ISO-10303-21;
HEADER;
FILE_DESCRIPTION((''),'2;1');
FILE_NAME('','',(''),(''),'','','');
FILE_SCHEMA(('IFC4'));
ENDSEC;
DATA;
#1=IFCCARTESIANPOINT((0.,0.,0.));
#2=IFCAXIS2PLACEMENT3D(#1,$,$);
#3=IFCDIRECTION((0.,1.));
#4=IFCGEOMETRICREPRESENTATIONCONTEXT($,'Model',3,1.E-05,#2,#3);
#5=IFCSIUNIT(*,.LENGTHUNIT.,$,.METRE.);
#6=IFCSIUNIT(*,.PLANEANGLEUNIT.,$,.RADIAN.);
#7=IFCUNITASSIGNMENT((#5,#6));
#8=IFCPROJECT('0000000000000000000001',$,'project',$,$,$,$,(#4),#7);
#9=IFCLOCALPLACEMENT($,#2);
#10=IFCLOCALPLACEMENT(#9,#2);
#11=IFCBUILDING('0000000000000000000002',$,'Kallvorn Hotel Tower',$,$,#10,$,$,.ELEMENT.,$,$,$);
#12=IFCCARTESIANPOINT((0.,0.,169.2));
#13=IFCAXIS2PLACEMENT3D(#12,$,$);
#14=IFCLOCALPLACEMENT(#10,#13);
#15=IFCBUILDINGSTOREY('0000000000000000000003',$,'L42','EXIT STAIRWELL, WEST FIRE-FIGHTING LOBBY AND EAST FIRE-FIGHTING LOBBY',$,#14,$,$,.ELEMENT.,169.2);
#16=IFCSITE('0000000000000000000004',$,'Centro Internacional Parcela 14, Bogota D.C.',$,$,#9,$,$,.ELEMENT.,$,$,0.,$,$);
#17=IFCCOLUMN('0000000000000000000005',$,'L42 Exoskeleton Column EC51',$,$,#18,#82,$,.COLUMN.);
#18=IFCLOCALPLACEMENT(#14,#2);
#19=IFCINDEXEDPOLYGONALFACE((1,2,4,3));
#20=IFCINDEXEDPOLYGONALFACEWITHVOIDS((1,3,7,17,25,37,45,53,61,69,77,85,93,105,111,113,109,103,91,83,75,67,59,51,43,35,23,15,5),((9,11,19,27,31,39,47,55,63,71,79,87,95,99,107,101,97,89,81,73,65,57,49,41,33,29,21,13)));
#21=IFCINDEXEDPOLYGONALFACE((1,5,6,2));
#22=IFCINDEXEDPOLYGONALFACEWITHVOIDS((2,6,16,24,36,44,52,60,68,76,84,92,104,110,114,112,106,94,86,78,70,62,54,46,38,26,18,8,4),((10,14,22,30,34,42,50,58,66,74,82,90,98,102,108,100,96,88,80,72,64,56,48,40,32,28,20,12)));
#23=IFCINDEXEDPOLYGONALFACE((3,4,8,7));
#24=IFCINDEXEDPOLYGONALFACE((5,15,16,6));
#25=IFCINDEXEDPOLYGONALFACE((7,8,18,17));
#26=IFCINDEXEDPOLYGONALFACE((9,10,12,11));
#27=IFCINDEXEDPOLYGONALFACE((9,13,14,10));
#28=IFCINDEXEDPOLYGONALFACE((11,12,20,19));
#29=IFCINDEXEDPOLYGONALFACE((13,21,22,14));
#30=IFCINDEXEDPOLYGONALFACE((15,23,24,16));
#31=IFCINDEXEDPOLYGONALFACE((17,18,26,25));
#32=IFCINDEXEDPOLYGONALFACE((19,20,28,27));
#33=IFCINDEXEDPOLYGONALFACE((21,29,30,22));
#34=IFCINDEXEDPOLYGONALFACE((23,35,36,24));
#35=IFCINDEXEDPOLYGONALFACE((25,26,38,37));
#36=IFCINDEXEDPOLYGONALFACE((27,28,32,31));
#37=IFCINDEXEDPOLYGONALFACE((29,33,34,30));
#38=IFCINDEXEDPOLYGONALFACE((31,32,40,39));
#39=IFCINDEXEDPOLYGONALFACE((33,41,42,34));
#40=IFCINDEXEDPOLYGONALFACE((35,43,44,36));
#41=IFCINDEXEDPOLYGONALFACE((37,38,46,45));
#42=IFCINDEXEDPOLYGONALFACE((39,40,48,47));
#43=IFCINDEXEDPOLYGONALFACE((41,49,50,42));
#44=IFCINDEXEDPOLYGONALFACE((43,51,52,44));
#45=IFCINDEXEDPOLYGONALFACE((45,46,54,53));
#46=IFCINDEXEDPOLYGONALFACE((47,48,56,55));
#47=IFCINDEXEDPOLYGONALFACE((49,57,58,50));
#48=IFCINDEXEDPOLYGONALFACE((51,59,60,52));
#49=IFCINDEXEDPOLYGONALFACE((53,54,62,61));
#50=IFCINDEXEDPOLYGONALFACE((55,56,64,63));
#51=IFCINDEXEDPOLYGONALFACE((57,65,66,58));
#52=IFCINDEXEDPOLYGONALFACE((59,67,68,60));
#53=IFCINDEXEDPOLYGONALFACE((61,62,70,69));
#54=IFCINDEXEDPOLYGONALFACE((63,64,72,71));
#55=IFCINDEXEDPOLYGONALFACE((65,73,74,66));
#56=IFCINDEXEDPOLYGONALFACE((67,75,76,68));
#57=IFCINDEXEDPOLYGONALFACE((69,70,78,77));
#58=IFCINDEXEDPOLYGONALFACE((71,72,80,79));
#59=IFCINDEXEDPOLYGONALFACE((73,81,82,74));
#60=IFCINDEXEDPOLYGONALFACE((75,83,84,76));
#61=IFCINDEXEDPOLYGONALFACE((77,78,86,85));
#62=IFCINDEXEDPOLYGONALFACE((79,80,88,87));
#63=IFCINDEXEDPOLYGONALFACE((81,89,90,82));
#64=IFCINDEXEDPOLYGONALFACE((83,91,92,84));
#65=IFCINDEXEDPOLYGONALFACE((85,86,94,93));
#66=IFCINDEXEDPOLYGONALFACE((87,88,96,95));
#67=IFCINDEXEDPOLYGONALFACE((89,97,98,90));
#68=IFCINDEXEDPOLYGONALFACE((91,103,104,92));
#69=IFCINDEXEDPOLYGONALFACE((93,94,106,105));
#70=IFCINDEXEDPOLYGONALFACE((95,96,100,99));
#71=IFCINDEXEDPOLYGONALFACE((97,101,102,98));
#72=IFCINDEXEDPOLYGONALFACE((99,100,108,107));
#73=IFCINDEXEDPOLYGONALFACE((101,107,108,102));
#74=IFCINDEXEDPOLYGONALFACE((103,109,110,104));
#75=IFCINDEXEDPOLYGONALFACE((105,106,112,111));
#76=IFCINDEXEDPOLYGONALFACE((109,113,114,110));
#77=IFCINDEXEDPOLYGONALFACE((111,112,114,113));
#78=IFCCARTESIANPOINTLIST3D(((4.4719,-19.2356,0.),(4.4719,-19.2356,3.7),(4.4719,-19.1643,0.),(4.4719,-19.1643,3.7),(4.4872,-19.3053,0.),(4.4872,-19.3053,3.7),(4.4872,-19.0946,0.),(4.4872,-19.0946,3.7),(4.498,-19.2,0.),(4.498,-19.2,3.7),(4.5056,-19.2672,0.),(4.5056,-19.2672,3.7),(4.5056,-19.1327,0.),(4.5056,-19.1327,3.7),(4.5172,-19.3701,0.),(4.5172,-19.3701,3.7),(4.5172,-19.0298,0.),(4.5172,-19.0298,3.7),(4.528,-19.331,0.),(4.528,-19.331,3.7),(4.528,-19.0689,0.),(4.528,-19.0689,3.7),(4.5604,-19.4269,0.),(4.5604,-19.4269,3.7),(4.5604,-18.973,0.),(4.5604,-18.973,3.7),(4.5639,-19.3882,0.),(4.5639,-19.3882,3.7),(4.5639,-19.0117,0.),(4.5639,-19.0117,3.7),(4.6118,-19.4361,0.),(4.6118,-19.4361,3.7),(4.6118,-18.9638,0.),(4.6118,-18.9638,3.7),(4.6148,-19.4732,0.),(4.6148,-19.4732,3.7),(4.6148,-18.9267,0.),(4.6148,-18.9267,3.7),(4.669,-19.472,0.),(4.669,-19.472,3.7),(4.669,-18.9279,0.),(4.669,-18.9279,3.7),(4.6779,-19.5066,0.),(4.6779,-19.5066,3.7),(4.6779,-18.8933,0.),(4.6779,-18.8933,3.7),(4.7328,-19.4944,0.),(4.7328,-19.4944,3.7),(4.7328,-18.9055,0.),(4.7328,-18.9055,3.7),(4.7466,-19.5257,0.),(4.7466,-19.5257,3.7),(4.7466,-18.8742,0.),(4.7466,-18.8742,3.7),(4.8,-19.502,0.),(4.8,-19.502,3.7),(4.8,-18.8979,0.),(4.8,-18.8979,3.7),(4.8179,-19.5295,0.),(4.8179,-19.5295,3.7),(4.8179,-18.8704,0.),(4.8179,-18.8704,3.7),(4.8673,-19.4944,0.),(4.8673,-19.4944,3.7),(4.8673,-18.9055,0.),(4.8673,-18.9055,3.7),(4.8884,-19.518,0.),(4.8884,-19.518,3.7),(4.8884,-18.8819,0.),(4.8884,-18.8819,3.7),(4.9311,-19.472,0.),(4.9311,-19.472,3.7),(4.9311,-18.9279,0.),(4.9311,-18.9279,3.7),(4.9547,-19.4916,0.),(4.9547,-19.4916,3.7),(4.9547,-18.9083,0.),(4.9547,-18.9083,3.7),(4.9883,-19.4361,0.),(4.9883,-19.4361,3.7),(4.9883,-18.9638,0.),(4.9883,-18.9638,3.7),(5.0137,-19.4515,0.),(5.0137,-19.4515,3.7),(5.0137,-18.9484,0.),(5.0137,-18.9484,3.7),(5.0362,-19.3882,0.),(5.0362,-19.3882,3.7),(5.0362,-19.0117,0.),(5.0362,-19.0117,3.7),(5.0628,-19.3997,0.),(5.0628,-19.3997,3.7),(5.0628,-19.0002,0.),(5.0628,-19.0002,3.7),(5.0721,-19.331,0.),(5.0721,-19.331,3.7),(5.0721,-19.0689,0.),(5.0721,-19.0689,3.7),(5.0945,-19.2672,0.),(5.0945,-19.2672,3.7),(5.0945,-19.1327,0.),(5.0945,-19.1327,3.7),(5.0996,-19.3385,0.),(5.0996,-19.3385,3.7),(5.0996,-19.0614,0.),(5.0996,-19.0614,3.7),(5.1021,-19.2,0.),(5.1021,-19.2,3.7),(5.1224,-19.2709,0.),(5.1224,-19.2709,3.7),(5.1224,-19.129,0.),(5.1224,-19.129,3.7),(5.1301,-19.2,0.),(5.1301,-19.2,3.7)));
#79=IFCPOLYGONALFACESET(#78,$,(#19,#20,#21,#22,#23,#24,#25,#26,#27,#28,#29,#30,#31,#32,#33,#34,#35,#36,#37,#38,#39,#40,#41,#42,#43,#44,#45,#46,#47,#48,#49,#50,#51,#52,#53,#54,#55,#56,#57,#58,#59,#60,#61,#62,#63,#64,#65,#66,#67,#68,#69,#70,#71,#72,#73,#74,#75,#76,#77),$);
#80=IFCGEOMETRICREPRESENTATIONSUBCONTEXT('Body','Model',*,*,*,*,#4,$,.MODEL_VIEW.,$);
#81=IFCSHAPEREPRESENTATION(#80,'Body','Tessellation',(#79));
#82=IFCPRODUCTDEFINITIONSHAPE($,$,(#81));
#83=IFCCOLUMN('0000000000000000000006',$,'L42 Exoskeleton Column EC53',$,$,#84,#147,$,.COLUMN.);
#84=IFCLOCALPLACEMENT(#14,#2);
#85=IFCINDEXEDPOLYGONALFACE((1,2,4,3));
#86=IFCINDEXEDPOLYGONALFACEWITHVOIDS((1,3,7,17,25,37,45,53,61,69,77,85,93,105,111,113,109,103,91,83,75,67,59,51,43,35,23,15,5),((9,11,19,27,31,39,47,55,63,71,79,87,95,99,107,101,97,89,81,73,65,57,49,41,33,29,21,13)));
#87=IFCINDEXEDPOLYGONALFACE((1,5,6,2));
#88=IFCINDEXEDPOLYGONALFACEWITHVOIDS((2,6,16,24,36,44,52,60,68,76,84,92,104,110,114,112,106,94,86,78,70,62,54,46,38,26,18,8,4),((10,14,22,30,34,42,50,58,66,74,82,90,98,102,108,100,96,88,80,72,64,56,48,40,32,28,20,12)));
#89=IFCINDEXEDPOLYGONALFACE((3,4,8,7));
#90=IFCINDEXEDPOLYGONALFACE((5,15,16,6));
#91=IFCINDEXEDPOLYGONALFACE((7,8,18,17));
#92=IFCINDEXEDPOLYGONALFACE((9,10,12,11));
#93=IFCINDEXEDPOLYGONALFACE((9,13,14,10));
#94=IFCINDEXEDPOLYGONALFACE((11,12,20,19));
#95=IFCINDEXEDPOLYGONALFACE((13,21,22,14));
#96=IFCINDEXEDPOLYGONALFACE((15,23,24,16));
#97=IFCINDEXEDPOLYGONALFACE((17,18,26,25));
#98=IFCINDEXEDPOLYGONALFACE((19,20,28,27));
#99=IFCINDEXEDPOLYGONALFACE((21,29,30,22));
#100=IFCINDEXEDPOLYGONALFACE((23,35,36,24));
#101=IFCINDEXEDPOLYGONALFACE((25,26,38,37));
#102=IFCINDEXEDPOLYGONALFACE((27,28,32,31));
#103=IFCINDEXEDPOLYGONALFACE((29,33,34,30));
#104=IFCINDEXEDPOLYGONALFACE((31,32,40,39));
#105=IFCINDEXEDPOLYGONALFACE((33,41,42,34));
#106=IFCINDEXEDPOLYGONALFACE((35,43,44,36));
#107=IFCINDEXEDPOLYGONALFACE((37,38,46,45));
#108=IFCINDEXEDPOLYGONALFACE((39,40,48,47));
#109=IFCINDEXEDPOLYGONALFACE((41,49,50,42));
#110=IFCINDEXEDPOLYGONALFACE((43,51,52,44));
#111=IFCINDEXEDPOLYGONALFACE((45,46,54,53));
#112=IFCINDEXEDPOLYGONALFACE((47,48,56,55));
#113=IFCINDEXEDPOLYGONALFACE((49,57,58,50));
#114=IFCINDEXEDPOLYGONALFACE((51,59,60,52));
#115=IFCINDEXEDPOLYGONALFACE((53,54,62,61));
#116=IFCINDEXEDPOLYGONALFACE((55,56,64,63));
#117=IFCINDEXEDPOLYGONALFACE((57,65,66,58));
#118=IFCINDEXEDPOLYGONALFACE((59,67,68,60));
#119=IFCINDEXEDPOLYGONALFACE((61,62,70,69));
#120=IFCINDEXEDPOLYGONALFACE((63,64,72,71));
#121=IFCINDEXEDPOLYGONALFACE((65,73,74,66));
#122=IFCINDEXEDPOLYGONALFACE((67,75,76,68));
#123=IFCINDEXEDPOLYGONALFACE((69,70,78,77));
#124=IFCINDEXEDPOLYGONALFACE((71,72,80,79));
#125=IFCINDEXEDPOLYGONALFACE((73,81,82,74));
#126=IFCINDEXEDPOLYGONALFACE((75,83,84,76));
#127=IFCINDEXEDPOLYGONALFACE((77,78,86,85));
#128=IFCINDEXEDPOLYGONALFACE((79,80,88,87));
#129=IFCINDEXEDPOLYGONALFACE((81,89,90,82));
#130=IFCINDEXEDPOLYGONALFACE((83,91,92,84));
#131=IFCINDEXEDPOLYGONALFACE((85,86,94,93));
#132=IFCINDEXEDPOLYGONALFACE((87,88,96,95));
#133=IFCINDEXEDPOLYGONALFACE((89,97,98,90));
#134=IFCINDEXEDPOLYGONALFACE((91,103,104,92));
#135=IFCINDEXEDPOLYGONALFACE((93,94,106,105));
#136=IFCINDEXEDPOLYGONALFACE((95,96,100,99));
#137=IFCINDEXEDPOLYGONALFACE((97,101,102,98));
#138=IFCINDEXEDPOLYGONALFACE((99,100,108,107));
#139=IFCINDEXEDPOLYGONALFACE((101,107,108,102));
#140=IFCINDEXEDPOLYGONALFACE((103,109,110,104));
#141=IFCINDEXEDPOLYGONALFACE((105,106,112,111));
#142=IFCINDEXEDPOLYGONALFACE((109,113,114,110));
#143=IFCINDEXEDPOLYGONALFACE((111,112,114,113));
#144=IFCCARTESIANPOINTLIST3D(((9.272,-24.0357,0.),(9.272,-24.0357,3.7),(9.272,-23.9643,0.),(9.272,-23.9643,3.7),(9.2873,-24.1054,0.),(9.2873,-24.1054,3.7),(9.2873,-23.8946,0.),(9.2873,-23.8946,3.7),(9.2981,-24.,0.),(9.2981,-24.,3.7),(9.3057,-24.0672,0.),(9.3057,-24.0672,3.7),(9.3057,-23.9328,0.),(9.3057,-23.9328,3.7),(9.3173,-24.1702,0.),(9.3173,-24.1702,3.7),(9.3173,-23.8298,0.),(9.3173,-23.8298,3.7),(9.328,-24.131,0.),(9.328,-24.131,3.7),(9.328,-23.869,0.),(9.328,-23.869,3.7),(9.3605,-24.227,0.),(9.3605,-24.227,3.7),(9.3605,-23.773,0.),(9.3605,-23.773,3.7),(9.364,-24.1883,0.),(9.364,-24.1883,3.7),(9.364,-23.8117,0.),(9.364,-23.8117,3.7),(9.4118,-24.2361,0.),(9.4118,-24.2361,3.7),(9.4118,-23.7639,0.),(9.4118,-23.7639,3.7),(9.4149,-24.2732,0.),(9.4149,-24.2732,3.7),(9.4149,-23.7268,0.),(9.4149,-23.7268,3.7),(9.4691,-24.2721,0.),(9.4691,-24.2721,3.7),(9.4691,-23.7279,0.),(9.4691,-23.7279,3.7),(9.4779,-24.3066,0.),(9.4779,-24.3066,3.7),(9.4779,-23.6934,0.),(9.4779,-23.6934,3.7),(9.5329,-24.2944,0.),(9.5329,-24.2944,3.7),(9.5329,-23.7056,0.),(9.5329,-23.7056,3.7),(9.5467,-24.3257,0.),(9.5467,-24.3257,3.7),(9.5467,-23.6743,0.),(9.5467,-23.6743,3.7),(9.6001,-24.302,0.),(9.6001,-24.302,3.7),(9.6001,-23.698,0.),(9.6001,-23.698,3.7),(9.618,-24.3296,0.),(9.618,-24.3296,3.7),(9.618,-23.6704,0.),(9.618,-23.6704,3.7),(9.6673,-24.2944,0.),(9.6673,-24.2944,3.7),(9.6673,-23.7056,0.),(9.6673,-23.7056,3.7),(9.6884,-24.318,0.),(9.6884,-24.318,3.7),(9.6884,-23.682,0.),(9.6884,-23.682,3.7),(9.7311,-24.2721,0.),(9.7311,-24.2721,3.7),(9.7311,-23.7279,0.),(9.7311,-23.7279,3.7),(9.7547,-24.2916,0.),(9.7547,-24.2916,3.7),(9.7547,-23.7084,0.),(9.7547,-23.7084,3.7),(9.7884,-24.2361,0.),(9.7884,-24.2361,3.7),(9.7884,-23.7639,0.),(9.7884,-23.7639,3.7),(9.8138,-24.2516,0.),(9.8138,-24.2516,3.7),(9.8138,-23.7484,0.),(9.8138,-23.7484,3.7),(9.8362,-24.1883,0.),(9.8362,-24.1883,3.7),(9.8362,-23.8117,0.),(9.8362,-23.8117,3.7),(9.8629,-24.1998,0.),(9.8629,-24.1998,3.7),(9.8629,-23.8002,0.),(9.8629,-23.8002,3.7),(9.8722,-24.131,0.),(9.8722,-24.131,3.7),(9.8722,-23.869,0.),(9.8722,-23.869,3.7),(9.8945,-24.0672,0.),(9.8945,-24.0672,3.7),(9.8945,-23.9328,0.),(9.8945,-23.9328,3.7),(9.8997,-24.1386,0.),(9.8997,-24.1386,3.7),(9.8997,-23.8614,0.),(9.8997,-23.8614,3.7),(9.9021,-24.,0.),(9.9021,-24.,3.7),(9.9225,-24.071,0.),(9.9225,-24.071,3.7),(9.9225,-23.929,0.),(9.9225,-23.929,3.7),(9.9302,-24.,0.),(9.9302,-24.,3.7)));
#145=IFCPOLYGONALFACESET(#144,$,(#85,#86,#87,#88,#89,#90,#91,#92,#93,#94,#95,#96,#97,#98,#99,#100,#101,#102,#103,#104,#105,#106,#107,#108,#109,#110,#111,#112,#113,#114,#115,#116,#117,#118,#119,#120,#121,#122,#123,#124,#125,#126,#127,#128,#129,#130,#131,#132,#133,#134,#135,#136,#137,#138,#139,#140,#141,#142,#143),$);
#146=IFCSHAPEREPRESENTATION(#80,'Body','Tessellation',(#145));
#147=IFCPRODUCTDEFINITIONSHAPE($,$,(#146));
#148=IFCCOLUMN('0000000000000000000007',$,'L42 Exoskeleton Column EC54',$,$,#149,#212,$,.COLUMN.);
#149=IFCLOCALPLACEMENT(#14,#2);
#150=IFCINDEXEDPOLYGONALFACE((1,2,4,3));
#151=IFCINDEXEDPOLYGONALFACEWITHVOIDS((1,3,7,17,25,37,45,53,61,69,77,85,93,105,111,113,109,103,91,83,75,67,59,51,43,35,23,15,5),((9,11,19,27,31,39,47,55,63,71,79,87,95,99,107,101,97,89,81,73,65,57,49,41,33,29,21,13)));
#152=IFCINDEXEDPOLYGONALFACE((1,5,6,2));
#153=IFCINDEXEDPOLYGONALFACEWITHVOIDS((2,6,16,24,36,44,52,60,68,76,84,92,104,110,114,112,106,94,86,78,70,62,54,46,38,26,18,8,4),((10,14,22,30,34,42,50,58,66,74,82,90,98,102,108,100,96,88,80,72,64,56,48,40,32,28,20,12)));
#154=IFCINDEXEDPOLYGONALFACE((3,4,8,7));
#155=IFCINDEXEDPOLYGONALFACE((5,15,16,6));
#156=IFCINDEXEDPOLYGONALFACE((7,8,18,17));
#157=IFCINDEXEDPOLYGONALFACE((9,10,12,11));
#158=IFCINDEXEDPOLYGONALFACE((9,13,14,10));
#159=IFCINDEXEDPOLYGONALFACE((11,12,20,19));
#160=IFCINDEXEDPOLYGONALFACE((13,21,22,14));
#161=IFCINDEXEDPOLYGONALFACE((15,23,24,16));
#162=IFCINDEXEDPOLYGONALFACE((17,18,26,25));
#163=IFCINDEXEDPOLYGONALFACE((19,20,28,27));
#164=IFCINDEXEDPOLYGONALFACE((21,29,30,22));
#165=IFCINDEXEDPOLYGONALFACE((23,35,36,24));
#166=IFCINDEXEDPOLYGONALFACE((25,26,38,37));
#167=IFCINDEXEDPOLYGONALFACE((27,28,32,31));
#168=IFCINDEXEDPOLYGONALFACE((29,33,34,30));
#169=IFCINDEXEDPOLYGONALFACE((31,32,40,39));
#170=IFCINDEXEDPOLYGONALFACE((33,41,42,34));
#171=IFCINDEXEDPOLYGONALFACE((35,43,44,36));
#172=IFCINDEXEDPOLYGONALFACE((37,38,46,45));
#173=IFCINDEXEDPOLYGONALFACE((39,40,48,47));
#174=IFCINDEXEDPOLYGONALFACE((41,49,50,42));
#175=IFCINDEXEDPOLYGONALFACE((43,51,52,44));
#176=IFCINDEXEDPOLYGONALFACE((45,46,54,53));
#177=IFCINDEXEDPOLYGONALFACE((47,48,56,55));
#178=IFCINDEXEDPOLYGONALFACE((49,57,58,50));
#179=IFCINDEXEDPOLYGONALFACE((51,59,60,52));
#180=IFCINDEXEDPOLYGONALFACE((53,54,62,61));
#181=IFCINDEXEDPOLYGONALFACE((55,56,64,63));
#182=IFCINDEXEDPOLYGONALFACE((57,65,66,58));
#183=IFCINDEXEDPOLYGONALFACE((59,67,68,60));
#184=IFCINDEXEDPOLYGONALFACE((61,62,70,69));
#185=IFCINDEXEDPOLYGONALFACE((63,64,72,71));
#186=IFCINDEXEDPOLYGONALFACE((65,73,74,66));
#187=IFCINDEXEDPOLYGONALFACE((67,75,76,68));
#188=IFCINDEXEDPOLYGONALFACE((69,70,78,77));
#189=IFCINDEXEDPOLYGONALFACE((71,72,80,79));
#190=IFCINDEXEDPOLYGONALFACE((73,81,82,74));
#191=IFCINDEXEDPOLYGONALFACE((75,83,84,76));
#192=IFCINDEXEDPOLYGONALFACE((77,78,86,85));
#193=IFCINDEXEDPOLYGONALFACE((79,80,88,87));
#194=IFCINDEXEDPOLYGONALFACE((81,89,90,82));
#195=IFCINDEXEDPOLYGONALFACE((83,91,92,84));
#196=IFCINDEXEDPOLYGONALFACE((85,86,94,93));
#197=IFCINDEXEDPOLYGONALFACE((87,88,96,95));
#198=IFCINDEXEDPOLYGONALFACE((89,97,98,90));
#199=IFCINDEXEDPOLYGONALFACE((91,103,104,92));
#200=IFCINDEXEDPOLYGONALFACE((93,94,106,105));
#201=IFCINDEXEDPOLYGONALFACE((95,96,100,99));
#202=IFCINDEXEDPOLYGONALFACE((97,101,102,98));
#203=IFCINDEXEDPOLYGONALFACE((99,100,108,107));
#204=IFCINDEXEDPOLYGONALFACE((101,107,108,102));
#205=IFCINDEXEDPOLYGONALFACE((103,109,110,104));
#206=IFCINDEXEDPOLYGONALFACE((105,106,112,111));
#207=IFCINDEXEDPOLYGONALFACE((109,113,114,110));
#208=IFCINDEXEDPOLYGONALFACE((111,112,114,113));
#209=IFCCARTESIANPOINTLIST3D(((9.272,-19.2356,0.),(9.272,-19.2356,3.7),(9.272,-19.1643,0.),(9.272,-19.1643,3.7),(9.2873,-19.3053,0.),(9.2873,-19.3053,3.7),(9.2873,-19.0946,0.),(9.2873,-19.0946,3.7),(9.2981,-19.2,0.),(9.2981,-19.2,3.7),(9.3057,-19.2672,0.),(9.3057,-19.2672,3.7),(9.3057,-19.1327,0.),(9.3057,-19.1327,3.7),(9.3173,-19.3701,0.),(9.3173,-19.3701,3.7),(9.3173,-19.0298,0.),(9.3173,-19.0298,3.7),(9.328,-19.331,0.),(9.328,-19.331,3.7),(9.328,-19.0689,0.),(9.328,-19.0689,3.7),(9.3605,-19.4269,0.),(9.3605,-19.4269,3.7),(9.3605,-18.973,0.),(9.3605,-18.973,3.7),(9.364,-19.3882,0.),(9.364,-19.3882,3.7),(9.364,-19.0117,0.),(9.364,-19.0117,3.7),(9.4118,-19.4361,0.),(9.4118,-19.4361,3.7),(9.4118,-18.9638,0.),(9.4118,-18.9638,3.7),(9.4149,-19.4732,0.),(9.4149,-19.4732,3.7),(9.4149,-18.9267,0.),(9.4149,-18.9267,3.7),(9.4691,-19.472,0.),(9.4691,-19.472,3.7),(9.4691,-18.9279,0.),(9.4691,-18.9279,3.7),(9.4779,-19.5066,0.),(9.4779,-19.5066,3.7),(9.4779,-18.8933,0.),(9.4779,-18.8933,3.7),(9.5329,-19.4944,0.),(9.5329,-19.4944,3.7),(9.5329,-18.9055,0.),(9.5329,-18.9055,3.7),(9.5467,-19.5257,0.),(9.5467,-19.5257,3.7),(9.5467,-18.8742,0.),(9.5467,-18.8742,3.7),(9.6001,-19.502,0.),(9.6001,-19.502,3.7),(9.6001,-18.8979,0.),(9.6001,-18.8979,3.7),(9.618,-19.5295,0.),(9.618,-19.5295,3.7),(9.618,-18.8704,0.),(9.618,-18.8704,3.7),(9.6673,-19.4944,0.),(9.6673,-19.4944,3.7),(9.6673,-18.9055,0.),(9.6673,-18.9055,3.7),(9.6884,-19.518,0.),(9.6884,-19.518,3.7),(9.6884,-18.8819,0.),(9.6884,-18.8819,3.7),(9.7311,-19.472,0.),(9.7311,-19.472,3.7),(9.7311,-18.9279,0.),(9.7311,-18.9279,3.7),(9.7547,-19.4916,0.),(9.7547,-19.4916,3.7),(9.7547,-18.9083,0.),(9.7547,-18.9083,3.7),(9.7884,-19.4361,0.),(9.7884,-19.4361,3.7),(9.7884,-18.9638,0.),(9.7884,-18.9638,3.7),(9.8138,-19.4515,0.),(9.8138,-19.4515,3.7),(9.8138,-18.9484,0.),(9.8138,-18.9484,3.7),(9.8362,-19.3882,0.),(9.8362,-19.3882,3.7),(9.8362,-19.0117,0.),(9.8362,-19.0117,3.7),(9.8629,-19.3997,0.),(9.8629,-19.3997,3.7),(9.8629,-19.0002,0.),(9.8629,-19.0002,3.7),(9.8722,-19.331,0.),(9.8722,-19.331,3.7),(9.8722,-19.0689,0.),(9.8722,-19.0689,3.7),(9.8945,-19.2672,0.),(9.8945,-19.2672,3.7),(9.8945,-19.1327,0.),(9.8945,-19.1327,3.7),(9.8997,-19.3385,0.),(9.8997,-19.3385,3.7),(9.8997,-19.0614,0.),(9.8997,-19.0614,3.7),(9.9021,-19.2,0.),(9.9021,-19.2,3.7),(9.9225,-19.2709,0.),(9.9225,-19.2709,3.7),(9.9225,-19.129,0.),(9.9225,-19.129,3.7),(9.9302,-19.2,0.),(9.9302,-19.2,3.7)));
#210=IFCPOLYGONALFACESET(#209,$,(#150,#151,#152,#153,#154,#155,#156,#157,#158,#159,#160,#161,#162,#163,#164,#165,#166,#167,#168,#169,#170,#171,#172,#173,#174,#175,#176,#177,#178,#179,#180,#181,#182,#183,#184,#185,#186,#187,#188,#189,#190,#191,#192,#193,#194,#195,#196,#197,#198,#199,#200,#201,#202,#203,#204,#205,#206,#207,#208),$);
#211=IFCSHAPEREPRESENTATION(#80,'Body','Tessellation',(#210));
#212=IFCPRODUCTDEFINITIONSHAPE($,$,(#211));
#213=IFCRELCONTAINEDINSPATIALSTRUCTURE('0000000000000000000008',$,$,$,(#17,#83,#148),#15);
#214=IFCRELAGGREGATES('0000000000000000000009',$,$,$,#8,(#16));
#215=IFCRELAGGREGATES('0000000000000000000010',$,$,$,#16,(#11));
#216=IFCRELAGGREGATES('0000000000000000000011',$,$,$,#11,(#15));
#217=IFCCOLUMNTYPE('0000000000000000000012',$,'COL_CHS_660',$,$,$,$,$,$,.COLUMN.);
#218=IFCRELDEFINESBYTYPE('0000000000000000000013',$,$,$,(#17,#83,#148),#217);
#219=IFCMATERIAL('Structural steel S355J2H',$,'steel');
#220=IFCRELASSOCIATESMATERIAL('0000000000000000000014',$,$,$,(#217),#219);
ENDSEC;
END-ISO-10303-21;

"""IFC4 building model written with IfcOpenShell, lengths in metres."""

from ifc_helpers import new_model, si_unit, direction, frame, origin, origin_2d, place, context, subcontext, project, spatial, hollow_circle, extrude, material, material_profile, profile_set, type_object, element, save


model = new_model("IFC4")

# Units and contexts
model_context = context("Model", 3, precision=1e-05, world=origin(), true_north=direction((0.0, 1.0)))
body_context = subcontext(model_context, "Body", "Model", "MODEL_VIEW")
ifc_project = project(units=[si_unit("LENGTHUNIT", "METRE"), si_unit("PLANEANGLEUNIT", "RADIAN")], contexts=[model_context])

# Site, building, storey
site_placement = place(None, origin())
site = spatial("IfcSite", under=ifc_project, at=site_placement, Name="Centro Internacional Parcela 14, Bogota D.C.", CompositionType="ELEMENT", RefElevation=0.0)
building_placement = place(site_placement, origin())
building = spatial("IfcBuilding", under=site, at=building_placement, Name="Kallvorn Hotel Tower", CompositionType="ELEMENT")
storey_placement = place(building_placement, frame((0.0, 0.0, 169.2)))
storey = spatial("IfcBuildingStorey", under=building, at=storey_placement, Name="L42", Description="EXIT STAIRWELL, WEST FIRE-FIGHTING LOBBY AND EAST FIRE-FIGHTING LOBBY", CompositionType="ELEMENT", Elevation=169.2)

# Columns
ifc_material_1 = material(Name="Structural steel S355J2H", Category="steel")
ifc_material_profile_1 = material_profile(ifc_material_1, hollow_circle(Radius=0.3301, WallThickness=0.0281, at=origin_2d()), Name="CHS 660x28")
ifc_profile_set_1 = profile_set([ifc_material_profile_1], Name="Structural steel S355J2H")
column_type_1 = type_object("IfcColumnType", Name="COL_CHS_660", PredefinedType="COLUMN", material=ifc_profile_set_1)
for number, where, z_axis, x_axis, name in (
    (1, (4.8, -19.2, 0.0), (0.0, 0.0, 1.0), (1.0, 0.0, 0.0), "L42 Exoskeleton Column EC51"),
    (2, (9.6001, -24.0, 0.0), (0.0, 0.0, 1.0), (1.0, 0.0, 0.0), "L42 Exoskeleton Column EC53"),
    (3, (9.6001, -19.2, 0.0), (0.0, 0.0, 1.0), (1.0, 0.0, 0.0), "L42 Exoskeleton Column EC54"),
):
    element("IfcColumn", number, at=place(storey_placement, frame(where, z_axis=z_axis, x_axis=x_axis)), inside=storey, type_object=column_type_1, Name=name, PredefinedType="COLUMN", context=body_context, shape_type="SweptSolid", body=[
        extrude(hollow_circle(Radius=0.3301, WallThickness=0.0281, at=origin_2d()), origin(), (0.0, 0.0, 1.0), 3.7),
    ])

save(model, "model.ifc")
